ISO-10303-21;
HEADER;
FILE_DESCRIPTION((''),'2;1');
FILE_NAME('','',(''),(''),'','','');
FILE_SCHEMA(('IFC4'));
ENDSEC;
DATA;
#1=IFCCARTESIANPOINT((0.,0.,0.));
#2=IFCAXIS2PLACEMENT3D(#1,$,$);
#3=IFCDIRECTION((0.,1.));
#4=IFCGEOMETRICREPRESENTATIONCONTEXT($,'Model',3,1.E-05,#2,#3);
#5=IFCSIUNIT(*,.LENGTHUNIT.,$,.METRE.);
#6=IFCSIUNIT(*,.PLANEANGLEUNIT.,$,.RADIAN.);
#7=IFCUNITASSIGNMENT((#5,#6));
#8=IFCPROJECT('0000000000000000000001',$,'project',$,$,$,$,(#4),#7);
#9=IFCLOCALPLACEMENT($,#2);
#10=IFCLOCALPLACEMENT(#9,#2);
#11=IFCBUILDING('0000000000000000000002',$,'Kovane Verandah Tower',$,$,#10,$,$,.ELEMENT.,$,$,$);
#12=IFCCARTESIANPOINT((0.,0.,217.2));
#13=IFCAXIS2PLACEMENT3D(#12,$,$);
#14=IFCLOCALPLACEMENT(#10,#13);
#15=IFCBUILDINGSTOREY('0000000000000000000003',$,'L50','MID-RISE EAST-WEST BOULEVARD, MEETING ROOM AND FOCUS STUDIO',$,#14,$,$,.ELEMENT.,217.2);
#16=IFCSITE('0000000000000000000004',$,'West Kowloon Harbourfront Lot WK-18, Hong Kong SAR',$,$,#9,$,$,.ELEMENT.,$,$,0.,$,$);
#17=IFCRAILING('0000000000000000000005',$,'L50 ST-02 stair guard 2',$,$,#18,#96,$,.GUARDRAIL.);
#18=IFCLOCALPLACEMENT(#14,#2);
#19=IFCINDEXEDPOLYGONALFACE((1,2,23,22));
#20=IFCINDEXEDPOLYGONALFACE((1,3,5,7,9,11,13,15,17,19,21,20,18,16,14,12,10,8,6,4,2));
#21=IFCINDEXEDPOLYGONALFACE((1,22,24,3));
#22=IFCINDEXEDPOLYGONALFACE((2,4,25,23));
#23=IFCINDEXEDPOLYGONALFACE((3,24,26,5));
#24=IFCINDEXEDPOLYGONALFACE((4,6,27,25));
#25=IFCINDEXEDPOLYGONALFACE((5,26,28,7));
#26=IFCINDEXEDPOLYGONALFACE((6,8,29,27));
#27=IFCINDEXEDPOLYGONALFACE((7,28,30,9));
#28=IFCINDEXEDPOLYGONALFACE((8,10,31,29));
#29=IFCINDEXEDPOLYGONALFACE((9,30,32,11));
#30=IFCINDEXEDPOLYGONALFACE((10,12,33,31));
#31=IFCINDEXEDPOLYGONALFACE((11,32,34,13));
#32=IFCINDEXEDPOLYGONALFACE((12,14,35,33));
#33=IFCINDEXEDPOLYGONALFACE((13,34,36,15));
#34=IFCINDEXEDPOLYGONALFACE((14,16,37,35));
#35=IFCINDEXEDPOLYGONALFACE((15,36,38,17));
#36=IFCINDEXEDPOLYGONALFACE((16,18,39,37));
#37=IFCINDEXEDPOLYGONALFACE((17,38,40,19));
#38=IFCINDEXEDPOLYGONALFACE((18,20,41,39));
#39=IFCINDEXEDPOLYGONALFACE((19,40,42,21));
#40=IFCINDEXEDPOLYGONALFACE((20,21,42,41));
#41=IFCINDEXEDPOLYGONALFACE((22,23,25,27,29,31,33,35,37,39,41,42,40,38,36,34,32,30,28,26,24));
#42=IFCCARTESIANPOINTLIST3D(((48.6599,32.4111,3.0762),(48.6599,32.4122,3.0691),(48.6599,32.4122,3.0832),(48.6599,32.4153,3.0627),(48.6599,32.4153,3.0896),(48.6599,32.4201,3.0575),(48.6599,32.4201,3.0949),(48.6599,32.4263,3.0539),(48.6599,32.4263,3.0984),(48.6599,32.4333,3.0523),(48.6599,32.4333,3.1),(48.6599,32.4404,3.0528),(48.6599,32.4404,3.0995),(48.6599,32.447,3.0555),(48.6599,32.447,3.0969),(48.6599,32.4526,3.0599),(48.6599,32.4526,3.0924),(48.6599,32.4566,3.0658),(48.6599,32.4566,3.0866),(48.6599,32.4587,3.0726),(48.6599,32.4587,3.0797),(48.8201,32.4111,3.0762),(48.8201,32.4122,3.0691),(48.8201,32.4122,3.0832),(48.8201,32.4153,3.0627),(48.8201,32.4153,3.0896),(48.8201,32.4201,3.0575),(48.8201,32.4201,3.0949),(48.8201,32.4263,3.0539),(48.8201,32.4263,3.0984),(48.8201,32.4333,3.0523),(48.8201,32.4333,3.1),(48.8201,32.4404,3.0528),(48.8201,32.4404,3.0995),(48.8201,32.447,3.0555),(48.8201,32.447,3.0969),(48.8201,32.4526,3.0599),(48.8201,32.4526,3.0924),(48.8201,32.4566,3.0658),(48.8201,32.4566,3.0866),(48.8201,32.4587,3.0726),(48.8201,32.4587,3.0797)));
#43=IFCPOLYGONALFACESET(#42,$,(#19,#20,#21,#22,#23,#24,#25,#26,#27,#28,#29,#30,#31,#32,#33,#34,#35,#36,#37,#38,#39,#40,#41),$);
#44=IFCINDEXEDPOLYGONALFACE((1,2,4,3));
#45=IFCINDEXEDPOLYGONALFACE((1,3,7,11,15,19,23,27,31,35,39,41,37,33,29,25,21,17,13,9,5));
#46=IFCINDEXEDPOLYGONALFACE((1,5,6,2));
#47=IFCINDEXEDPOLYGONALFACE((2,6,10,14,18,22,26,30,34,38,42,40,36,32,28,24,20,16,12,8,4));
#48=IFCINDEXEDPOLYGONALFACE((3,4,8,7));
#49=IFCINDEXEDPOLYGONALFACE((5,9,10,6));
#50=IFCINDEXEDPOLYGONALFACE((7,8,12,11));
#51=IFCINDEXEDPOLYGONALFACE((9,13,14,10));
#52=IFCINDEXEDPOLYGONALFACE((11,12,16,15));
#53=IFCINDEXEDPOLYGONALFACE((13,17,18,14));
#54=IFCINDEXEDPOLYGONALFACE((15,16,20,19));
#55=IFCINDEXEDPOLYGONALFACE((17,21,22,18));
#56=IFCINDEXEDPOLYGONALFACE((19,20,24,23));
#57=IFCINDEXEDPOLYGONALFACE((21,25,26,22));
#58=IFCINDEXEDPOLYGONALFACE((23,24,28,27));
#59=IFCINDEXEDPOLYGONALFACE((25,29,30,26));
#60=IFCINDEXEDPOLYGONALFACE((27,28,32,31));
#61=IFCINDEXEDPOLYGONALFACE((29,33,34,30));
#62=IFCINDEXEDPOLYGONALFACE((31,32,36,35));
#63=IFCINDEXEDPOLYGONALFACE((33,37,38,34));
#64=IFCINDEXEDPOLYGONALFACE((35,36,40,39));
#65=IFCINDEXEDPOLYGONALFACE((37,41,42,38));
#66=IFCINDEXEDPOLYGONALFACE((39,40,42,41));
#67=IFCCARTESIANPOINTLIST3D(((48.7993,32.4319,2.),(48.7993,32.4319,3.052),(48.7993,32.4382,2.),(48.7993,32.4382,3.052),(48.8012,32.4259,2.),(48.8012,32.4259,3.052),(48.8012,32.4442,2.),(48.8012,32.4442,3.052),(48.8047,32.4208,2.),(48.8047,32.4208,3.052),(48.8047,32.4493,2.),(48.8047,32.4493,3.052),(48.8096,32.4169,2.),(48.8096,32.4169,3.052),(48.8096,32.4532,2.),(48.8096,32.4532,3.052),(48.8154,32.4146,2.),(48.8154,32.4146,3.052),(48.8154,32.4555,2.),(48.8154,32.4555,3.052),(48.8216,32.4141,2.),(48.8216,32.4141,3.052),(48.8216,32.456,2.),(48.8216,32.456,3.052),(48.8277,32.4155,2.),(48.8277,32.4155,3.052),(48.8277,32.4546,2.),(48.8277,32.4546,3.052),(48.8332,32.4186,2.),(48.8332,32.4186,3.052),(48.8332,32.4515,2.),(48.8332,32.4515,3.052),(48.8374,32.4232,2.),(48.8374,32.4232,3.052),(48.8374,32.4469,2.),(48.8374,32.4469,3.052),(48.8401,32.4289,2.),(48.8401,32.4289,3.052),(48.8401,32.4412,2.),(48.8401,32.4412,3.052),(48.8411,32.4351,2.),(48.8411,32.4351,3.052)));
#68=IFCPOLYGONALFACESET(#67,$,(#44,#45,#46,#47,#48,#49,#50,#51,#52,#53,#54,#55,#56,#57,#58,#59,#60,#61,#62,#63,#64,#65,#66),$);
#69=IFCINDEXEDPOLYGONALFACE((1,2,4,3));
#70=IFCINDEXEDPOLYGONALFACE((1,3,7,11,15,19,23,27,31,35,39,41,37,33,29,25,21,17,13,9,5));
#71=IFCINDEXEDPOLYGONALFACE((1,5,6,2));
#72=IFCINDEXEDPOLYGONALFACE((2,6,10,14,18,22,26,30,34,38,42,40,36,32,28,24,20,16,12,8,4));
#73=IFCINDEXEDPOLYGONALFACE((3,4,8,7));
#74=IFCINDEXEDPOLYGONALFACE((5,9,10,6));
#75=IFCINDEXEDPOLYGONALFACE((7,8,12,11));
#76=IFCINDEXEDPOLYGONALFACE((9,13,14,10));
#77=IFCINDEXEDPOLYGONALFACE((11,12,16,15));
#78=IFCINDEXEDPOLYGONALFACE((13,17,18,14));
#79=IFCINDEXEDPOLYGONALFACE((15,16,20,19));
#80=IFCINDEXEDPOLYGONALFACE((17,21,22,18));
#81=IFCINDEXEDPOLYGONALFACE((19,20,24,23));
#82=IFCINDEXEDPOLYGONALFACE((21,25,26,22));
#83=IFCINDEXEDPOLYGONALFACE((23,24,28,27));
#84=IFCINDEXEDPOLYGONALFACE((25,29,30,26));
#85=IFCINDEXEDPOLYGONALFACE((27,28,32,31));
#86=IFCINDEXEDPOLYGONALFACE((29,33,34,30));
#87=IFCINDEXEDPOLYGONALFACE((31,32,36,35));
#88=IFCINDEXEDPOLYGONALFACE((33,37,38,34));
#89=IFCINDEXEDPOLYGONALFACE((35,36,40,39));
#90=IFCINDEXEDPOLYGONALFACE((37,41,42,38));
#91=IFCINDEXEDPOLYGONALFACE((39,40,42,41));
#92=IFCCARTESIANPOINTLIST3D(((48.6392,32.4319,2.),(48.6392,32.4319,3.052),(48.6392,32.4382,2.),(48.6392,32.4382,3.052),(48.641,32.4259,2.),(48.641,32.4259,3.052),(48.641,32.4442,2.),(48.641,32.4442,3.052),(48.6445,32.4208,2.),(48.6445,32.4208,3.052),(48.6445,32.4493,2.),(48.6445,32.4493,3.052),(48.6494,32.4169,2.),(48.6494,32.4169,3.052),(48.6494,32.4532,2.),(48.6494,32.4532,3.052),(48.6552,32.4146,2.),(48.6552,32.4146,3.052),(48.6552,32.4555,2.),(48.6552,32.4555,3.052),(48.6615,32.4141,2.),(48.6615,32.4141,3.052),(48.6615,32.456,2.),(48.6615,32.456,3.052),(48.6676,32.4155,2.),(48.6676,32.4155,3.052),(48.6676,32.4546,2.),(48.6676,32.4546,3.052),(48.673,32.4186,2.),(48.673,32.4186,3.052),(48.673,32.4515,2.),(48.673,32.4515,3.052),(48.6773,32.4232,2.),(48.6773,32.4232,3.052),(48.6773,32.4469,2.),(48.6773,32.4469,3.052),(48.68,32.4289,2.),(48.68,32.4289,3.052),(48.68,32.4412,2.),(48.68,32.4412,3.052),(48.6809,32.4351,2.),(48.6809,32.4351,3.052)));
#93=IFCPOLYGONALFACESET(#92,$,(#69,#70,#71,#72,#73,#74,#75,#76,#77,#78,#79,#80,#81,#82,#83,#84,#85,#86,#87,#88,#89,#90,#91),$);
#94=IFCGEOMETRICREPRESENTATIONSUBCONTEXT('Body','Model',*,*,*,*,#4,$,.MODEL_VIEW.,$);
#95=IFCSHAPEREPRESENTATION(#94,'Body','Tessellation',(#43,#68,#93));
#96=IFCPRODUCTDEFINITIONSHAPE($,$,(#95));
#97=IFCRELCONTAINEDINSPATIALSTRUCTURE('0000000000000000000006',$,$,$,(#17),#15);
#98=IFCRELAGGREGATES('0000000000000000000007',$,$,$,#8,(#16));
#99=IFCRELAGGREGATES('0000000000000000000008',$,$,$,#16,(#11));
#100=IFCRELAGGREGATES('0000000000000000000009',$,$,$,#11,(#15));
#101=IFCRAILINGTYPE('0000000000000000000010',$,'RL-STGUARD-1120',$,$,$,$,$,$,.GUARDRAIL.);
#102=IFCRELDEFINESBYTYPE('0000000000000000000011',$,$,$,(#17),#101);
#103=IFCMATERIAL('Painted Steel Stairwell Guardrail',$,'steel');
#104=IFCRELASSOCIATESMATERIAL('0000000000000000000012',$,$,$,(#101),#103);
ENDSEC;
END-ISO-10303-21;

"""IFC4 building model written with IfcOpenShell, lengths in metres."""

from ifc_helpers import new_model, si_unit, direction, frame, origin, origin_2d, place, context, subcontext, project, spatial, circle, extrude, material, type_object, element, save


model = new_model("IFC4")

# Units and contexts
model_context = context("Model", 3, precision=1e-05, world=origin(), true_north=direction((0.0, 1.0)))
body_context = subcontext(model_context, "Body", "Model", "MODEL_VIEW")
ifc_project = project(units=[si_unit("LENGTHUNIT", "METRE"), si_unit("PLANEANGLEUNIT", "RADIAN")], contexts=[model_context])

# Site, building, storey
site_placement = place(None, origin())
site = spatial("IfcSite", under=ifc_project, at=site_placement, Name="West Kowloon Harbourfront Lot WK-18, Hong Kong SAR", CompositionType="ELEMENT", RefElevation=0.0)
building_placement = place(site_placement, origin())
building = spatial("IfcBuilding", under=site, at=building_placement, Name="Kovane Verandah Tower", CompositionType="ELEMENT")
storey_placement = place(building_placement, frame((0.0, 0.0, 217.2)))
storey = spatial("IfcBuildingStorey", under=building, at=storey_placement, Name="L50", Description="MID-RISE EAST-WEST BOULEVARD, MEETING ROOM AND FOCUS STUDIO", CompositionType="ELEMENT", Elevation=217.2)

# Railing
ifc_material_1 = material(Name="Painted Steel Stairwell Guardrail", Category="steel")
railing_type_1 = type_object("IfcRailingType", Name="RL-STGUARD-1120", PredefinedType="GUARDRAIL", material=ifc_material_1)
railing_1_placement = place(storey_placement, frame((48.8201, 32.4351, 2.0)))
element("IfcRailing", 1, at=railing_1_placement, inside=storey, type_object=railing_type_1, Name="L50 ST-02 stair guard 2", PredefinedType="GUARDRAIL", context=body_context, shape_type="SweptSolid", body=[
    extrude(circle(Radius=0.0239, at=origin_2d()), frame((0.0, 0.0, 1.0762), z_axis=(-1.0, 0.0, 0.0), x_axis=(0.0, -1.0, 0.0)), (0.0, 0.0, 1.0), 0.1602),
    extrude(circle(Radius=0.021, at=origin_2d()), origin(), (0.0, 0.0, 1.0), 1.052),
    extrude(circle(Radius=0.021, at=origin_2d()), frame((-0.1602, 0.0, 0.0)), (0.0, 0.0, 1.0), 1.052),
])

save(model, "model.ifc")
